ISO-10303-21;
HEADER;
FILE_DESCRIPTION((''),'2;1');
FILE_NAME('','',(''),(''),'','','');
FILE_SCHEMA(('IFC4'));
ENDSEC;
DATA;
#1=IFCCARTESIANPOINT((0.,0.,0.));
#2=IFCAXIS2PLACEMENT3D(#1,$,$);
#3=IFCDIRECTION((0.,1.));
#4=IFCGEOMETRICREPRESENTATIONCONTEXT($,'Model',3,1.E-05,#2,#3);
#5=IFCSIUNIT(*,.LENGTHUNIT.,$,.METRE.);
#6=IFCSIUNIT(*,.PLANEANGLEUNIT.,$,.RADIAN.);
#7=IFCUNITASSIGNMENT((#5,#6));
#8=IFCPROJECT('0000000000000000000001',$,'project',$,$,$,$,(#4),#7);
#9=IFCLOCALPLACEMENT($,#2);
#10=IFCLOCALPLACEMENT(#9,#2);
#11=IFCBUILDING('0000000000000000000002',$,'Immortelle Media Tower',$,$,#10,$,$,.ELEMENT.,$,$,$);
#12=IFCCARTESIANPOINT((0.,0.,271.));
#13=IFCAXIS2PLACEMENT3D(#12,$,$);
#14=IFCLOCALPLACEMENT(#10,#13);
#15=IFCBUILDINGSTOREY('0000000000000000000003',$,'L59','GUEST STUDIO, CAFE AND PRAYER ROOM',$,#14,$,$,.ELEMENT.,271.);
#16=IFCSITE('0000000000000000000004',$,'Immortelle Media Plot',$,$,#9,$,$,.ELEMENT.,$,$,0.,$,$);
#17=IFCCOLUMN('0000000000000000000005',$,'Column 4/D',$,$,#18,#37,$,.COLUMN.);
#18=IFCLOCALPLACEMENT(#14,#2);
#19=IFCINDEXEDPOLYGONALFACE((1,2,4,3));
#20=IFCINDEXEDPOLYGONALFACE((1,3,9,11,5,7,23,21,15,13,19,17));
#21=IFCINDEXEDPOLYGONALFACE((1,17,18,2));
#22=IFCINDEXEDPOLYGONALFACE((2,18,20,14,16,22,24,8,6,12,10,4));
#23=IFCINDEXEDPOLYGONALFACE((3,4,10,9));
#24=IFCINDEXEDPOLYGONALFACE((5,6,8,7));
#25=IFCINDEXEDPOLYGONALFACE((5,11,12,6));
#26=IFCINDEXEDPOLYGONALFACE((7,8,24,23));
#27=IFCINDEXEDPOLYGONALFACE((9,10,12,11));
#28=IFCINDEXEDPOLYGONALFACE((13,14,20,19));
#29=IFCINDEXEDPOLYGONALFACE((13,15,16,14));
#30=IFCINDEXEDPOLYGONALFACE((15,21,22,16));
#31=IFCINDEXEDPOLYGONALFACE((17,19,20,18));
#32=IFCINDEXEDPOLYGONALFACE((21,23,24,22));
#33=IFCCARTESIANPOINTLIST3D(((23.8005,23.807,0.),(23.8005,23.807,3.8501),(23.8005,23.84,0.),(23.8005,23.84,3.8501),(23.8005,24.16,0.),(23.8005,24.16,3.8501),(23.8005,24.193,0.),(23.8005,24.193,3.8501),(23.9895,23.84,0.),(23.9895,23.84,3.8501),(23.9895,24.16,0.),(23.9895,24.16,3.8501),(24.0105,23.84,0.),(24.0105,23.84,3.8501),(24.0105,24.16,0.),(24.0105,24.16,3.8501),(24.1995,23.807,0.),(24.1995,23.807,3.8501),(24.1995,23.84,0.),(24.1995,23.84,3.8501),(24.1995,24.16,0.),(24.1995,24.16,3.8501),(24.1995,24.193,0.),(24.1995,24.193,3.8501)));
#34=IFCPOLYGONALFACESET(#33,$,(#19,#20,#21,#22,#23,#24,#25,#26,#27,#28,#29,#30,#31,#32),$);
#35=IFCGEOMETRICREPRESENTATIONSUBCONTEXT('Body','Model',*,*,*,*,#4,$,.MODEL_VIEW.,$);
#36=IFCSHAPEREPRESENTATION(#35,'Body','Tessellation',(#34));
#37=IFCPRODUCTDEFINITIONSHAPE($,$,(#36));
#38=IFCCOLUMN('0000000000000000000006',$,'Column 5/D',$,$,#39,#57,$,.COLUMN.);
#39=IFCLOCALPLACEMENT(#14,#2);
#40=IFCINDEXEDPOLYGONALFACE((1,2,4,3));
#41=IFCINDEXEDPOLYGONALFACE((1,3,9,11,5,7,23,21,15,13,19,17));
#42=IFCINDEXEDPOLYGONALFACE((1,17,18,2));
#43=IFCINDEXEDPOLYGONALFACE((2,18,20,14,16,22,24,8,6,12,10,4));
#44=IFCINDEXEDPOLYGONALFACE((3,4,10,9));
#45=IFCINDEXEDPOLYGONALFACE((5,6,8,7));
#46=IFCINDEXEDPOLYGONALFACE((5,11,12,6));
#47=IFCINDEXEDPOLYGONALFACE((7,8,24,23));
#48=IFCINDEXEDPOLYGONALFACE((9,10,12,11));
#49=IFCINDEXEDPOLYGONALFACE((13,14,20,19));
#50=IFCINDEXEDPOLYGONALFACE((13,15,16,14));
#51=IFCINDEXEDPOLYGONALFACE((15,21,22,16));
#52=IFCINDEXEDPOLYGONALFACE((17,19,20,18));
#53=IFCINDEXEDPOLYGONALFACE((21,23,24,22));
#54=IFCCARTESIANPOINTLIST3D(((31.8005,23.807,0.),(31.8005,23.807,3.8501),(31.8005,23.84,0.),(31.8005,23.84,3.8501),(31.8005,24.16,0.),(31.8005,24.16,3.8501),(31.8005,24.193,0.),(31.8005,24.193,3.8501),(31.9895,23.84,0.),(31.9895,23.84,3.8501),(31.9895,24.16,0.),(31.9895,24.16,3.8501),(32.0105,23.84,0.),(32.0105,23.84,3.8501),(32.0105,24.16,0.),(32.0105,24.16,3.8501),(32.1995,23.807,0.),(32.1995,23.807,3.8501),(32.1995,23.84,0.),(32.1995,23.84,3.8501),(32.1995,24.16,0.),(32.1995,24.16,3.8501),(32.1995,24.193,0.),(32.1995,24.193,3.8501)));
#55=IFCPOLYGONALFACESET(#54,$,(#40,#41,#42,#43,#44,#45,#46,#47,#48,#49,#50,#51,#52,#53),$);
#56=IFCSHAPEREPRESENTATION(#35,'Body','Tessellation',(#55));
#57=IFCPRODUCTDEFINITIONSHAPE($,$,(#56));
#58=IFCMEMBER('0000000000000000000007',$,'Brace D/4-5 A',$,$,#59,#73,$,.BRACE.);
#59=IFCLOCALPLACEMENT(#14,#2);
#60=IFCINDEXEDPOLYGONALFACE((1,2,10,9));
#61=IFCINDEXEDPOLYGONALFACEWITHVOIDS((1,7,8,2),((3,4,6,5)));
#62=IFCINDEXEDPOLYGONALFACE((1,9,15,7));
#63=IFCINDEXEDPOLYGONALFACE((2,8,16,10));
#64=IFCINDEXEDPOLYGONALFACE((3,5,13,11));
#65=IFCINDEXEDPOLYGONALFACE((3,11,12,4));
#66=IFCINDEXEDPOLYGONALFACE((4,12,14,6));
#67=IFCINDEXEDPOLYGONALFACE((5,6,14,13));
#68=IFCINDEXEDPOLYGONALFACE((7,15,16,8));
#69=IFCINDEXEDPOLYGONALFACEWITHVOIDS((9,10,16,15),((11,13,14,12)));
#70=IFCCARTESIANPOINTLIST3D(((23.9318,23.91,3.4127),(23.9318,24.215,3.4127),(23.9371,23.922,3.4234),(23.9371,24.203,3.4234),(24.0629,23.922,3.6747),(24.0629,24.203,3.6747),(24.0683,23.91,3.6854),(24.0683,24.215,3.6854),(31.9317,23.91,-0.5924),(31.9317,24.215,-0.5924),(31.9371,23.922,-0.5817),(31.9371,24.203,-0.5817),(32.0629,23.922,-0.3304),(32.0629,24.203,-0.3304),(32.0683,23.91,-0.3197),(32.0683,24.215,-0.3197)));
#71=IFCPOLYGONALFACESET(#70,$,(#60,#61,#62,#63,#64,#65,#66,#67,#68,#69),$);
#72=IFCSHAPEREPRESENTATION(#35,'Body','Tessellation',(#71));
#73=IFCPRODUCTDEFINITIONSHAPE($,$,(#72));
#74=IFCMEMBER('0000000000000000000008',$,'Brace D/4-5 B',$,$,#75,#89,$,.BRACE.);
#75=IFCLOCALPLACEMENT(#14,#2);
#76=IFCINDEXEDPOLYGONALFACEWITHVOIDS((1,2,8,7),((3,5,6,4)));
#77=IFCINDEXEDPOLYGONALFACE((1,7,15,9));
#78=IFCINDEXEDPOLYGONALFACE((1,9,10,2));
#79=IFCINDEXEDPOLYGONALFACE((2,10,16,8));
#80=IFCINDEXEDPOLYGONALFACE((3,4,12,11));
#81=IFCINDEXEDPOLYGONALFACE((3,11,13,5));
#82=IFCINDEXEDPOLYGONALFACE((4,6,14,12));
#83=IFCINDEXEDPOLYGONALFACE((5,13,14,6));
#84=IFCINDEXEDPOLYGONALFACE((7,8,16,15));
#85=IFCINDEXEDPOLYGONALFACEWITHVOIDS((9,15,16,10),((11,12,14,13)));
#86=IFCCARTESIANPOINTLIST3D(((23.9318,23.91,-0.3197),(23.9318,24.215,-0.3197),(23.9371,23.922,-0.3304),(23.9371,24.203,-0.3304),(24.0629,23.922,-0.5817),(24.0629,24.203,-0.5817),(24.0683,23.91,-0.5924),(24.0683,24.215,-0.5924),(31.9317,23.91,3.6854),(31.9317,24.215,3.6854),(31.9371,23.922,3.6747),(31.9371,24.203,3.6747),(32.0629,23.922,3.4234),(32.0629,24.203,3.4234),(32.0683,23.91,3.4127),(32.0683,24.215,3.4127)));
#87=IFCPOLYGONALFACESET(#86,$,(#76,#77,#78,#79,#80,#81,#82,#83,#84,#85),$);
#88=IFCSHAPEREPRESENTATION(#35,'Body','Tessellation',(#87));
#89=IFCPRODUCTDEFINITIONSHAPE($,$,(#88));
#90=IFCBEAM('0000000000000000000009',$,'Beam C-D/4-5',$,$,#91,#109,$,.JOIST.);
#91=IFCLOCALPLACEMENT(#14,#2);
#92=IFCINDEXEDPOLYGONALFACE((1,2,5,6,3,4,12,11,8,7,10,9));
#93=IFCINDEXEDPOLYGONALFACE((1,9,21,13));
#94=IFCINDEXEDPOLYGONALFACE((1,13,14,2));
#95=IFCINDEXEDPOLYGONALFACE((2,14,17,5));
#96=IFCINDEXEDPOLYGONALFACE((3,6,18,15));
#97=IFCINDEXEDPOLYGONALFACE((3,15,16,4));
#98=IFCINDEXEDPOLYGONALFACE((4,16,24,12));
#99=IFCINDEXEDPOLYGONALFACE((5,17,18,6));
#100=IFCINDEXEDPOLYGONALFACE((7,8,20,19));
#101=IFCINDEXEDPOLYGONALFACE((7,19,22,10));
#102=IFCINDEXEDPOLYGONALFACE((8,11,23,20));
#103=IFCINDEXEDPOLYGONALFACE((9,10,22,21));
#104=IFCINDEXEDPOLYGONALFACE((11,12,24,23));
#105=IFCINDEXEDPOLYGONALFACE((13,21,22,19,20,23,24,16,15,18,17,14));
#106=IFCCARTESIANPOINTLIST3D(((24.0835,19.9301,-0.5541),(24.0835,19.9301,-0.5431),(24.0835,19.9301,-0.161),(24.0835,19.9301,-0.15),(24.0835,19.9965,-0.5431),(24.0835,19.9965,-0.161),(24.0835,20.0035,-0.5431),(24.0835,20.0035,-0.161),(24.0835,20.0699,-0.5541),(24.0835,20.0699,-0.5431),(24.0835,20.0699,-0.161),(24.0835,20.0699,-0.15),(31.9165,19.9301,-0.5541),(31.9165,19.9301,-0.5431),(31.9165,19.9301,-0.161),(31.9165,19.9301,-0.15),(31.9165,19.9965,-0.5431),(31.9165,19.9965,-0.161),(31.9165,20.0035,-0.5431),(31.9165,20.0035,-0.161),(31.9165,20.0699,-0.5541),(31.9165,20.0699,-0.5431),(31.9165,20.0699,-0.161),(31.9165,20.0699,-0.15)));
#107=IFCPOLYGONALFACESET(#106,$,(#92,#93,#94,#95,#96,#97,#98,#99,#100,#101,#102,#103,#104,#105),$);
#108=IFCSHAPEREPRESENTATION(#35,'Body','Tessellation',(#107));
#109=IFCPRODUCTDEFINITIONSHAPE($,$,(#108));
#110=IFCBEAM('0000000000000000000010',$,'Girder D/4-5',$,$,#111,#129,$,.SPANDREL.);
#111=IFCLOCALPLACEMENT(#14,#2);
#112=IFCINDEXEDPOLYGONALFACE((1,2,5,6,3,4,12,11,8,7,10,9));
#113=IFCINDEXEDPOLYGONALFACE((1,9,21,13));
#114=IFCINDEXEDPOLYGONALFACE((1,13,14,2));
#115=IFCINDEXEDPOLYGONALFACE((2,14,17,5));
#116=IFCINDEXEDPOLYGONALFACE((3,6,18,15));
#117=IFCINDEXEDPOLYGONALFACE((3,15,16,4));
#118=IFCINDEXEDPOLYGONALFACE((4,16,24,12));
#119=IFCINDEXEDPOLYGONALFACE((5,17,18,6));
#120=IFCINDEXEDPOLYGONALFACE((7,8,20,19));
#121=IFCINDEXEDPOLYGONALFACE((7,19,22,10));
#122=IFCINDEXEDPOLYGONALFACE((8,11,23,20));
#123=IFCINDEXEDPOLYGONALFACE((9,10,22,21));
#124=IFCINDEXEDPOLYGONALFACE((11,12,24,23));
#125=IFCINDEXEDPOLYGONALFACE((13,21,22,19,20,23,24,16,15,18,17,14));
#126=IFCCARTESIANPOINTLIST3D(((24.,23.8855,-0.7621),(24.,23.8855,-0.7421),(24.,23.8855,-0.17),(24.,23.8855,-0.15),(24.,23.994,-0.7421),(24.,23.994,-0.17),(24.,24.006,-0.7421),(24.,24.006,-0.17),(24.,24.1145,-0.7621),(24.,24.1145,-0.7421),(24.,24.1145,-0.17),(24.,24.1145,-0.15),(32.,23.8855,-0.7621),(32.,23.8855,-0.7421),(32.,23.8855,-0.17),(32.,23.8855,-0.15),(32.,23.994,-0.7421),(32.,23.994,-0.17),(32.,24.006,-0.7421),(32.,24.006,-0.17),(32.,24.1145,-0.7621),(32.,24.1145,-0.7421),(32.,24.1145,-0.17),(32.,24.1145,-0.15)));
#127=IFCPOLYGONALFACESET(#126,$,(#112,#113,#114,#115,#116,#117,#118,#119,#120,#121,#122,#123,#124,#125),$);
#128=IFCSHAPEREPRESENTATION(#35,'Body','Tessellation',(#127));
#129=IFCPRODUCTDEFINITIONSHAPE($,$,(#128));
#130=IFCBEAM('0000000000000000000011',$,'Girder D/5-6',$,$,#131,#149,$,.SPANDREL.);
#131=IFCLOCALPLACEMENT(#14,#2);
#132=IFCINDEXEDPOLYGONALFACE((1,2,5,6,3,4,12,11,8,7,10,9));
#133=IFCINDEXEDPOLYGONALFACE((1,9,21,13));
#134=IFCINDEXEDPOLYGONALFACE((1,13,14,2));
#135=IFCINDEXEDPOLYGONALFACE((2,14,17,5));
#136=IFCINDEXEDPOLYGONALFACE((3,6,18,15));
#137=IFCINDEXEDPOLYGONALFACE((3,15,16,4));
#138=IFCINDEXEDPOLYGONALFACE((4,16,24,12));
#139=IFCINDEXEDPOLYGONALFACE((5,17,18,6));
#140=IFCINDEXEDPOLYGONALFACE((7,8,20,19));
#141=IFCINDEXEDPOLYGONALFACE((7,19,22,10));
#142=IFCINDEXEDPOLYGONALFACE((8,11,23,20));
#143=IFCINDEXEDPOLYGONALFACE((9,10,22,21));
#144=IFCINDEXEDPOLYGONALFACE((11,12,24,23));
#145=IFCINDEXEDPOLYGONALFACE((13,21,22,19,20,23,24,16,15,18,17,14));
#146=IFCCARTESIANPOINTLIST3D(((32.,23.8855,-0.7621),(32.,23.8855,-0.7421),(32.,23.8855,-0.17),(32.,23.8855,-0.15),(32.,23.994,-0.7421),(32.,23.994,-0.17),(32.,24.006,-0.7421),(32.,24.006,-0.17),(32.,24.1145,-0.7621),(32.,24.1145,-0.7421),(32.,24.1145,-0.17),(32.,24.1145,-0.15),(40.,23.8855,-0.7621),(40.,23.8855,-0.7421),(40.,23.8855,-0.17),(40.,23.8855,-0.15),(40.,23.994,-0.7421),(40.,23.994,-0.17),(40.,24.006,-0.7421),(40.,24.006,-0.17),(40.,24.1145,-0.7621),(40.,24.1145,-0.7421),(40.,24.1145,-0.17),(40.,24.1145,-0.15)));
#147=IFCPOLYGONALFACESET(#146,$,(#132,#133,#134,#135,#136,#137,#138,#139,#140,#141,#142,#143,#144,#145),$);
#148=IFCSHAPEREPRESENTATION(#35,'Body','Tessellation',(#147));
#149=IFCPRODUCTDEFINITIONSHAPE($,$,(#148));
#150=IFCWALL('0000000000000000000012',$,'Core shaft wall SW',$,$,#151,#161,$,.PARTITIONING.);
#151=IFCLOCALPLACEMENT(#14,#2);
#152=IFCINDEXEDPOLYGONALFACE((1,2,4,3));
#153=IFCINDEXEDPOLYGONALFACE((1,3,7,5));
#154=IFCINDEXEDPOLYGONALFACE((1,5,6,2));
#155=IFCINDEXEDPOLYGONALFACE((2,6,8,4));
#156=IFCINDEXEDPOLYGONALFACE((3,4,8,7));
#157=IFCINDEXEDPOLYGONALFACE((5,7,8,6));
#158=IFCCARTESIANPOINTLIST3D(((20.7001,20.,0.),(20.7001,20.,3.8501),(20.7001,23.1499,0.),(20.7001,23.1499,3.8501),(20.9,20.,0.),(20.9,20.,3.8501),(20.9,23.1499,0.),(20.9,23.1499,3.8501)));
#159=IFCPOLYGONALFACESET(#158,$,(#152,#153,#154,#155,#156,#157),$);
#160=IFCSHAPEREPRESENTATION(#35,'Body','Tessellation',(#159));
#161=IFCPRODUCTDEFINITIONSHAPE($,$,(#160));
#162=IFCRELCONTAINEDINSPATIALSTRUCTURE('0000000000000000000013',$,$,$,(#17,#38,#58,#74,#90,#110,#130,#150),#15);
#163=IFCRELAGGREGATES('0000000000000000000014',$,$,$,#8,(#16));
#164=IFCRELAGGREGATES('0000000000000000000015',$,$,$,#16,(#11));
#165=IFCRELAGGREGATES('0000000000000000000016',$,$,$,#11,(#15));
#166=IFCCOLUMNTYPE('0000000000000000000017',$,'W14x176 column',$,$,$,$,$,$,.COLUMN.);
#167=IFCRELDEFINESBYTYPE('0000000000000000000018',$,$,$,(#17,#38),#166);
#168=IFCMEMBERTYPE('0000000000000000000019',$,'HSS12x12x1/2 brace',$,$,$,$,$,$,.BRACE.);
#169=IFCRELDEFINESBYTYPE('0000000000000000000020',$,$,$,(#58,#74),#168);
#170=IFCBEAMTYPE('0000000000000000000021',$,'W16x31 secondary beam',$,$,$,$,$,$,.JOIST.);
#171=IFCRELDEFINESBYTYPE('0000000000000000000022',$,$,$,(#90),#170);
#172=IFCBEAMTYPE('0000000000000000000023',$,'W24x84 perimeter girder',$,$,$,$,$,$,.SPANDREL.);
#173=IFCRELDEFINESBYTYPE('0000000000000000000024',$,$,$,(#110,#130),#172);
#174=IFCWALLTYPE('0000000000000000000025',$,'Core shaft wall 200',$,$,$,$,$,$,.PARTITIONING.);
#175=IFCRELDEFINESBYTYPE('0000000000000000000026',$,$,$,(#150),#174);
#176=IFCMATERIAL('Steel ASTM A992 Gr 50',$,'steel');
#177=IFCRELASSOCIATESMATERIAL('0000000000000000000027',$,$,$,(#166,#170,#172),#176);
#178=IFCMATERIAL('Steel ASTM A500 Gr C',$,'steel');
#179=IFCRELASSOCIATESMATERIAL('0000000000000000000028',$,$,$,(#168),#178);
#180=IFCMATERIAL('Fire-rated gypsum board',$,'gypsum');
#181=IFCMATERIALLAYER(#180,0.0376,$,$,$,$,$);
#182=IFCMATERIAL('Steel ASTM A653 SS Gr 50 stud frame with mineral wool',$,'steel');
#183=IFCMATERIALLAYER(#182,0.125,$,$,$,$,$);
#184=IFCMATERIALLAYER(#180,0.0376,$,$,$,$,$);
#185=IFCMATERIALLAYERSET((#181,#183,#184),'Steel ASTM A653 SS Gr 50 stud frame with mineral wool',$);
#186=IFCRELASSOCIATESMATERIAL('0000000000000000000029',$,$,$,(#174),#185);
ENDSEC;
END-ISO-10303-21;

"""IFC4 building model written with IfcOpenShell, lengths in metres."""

from ifc_helpers import new_model, si_unit, direction, frame, frame_2d, origin, origin_2d, place, context, subcontext, project, spatial, rectangle, hollow_rectangle, i_section, extrude, material, layer, layer_set, material_profile, profile_set, type_object, element, save


model = new_model("IFC4")

# Units and contexts
model_context = context("Model", 3, precision=1e-05, world=origin(), true_north=direction((0.0, 1.0)))
body_context = subcontext(model_context, "Body", "Model", "MODEL_VIEW")
ifc_project = project(units=[si_unit("LENGTHUNIT", "METRE"), si_unit("PLANEANGLEUNIT", "RADIAN")], contexts=[model_context])

# Site, building, storey
site_placement = place(None, origin())
site = spatial("IfcSite", under=ifc_project, at=site_placement, Name="Immortelle Media Plot", CompositionType="ELEMENT", RefElevation=0.0)
building_placement = place(site_placement, origin())
building = spatial("IfcBuilding", under=site, at=building_placement, Name="Immortelle Media Tower", CompositionType="ELEMENT")
storey_placement = place(building_placement, frame((0.0, 0.0, 271.0)))
storey = spatial("IfcBuildingStorey", under=building, at=storey_placement, Name="L59", Description="GUEST STUDIO, CAFE AND PRAYER ROOM", CompositionType="ELEMENT", Elevation=271.0)

# Columns
ifc_material_1 = material(Name="Steel ASTM A992 Gr 50", Category="steel")
ifc_material_profile_1 = material_profile(ifc_material_1, i_section(OverallWidth=0.3989, OverallDepth=0.386, WebThickness=0.021, FlangeThickness=0.033, at=origin_2d()), Name="W14x176")
ifc_profile_set_1 = profile_set([ifc_material_profile_1], Name="Steel ASTM A992 Gr 50")
column_type = type_object("IfcColumnType", Name="W14x176 column", PredefinedType="COLUMN", material=ifc_profile_set_1)
for number, where, z_axis, x_axis, name in (
    (1, (24.0, 24.0, 0.0), (0.0, 0.0, 1.0), (1.0, 0.0, 0.0), "Column 4/D"),
    (2, (32.0, 24.0, 0.0), (0.0, 0.0, 1.0), (1.0, 0.0, 0.0), "Column 5/D"),
):
    element("IfcColumn", number, at=place(storey_placement, frame(where, z_axis=z_axis, x_axis=x_axis)), inside=storey, type_object=column_type, Name=name, PredefinedType="COLUMN", context=body_context, shape_type="SweptSolid", body=[
        extrude(i_section(OverallWidth=0.3989, OverallDepth=0.386, WebThickness=0.021, FlangeThickness=0.033, at=origin_2d()), origin(), (0.0, 0.0, 1.0), 3.8501),
    ])

# Members
ifc_material_2 = material(Name="Steel ASTM A500 Gr C", Category="steel")
ifc_material_profile_2 = material_profile(ifc_material_2, hollow_rectangle(XDim=0.3049, YDim=0.3049, WallThickness=0.012, at=origin_2d()), Name="HSS12x12x1/2 brace")
ifc_profile_set_2 = profile_set([ifc_material_profile_2], Name="Steel ASTM A500 Gr C")
member_type = type_object("IfcMemberType", Name="HSS12x12x1/2 brace", PredefinedType="BRACE", material=ifc_profile_set_2)
for number, where, z_axis, x_axis, name in (
    (3, (32.0, 24.0625, -0.4561), (-0.894198, 0.0, 0.447672), (0.0, -1.0, 0.0), "Brace D/4-5 A"),
    (4, (32.0, 24.0625, 3.5491), (-0.894198, 0.0, -0.447672), (0.0, -1.0, 0.0), "Brace D/4-5 B"),
):
    element("IfcMember", number, at=place(storey_placement, frame(where, z_axis=z_axis, x_axis=x_axis)), inside=storey, type_object=member_type, Name=name, PredefinedType="BRACE", context=body_context, shape_type="SweptSolid", body=[
        extrude(hollow_rectangle(XDim=0.3049, YDim=0.3049, WallThickness=0.012, at=origin_2d()), origin(), (0.0, 0.0, 1.0), 8.9465),
    ])

# Beams
ifc_material_profile_3 = material_profile(ifc_material_1, i_section(OverallWidth=0.1399, OverallDepth=0.4041, WebThickness=0.0071, FlangeThickness=0.011, at=origin_2d()), Name="W16x31")
ifc_profile_set_3 = profile_set([ifc_material_profile_3], Name="Steel ASTM A992 Gr 50")
beam_type_1 = type_object("IfcBeamType", Name="W16x31 secondary beam", PredefinedType="JOIST", material=ifc_profile_set_3)
beam_placement = place(storey_placement, frame((24.0835, 20.0, -0.3521), z_axis=(1.0, 0.0, 0.0), x_axis=(0.0, 1.0, 0.0)))
element("IfcBeam", 5, at=beam_placement, inside=storey, type_object=beam_type_1, Name="Beam C-D/4-5", PredefinedType="JOIST", context=body_context, shape_type="SweptSolid", body=[
    extrude(i_section(OverallWidth=0.1399, OverallDepth=0.4041, WebThickness=0.0071, FlangeThickness=0.011, at=origin_2d()), origin(), (0.0, 0.0, 1.0), 7.833),
])
ifc_material_profile_4 = material_profile(ifc_material_1, i_section(OverallWidth=0.229, OverallDepth=0.6121, WebThickness=0.012, FlangeThickness=0.02, at=origin_2d()), Name="W24x84")
ifc_profile_set_4 = profile_set([ifc_material_profile_4], Name="Steel ASTM A992 Gr 50")
beam_type_2 = type_object("IfcBeamType", Name="W24x84 perimeter girder", PredefinedType="SPANDREL", material=ifc_profile_set_4)
for number, where, z_axis, x_axis, name in (
    (6, (24.0, 24.0, -0.4561), (1.0, 0.0, 0.0), (0.0, 1.0, 0.0), "Girder D/4-5"),
    (7, (32.0, 24.0, -0.4561), (1.0, 0.0, 0.0), (0.0, 1.0, 0.0), "Girder D/5-6"),
):
    element("IfcBeam", number, at=place(storey_placement, frame(where, z_axis=z_axis, x_axis=x_axis)), inside=storey, type_object=beam_type_2, Name=name, PredefinedType="SPANDREL", context=body_context, shape_type="SweptSolid", body=[
        extrude(i_section(OverallWidth=0.229, OverallDepth=0.6121, WebThickness=0.012, FlangeThickness=0.02, at=origin_2d()), origin(), (0.0, 0.0, 1.0), 8.0),
    ])

# Wall
ifc_material_3 = material(Name="Fire-rated gypsum board", Category="gypsum")
ifc_layer_1 = layer(ifc_material_3, 0.0376)
ifc_material_4 = material(Name="Steel ASTM A653 SS Gr 50 stud frame with mineral wool", Category="steel")
ifc_layer_2 = layer(ifc_material_4, 0.125)
ifc_layer_3 = layer(ifc_material_3, 0.0376)
ifc_layer_set_1 = layer_set([ifc_layer_1, ifc_layer_2, ifc_layer_3], Name="Steel ASTM A653 SS Gr 50 stud frame with mineral wool")
wall_type_1 = type_object("IfcWallType", Name="Core shaft wall 200", PredefinedType="PARTITIONING", material=ifc_layer_set_1)
wall_1_placement = place(storey_placement, frame((20.8, 20.0, 0.0), z_axis=(0.0, 0.0, 1.0), x_axis=(0.0, 1.0, 0.0)))
element("IfcWall", 8, at=wall_1_placement, inside=storey, type_object=wall_type_1, Name="Core shaft wall SW", PredefinedType="PARTITIONING", context=body_context, shape_type="SweptSolid", body=[
    extrude(rectangle(XDim=3.1499, YDim=0.2, at=frame_2d((1.575, 0.0))), origin(), (0.0, 0.0, 1.0), 3.8501),
])

save(model, "model.ifc")
